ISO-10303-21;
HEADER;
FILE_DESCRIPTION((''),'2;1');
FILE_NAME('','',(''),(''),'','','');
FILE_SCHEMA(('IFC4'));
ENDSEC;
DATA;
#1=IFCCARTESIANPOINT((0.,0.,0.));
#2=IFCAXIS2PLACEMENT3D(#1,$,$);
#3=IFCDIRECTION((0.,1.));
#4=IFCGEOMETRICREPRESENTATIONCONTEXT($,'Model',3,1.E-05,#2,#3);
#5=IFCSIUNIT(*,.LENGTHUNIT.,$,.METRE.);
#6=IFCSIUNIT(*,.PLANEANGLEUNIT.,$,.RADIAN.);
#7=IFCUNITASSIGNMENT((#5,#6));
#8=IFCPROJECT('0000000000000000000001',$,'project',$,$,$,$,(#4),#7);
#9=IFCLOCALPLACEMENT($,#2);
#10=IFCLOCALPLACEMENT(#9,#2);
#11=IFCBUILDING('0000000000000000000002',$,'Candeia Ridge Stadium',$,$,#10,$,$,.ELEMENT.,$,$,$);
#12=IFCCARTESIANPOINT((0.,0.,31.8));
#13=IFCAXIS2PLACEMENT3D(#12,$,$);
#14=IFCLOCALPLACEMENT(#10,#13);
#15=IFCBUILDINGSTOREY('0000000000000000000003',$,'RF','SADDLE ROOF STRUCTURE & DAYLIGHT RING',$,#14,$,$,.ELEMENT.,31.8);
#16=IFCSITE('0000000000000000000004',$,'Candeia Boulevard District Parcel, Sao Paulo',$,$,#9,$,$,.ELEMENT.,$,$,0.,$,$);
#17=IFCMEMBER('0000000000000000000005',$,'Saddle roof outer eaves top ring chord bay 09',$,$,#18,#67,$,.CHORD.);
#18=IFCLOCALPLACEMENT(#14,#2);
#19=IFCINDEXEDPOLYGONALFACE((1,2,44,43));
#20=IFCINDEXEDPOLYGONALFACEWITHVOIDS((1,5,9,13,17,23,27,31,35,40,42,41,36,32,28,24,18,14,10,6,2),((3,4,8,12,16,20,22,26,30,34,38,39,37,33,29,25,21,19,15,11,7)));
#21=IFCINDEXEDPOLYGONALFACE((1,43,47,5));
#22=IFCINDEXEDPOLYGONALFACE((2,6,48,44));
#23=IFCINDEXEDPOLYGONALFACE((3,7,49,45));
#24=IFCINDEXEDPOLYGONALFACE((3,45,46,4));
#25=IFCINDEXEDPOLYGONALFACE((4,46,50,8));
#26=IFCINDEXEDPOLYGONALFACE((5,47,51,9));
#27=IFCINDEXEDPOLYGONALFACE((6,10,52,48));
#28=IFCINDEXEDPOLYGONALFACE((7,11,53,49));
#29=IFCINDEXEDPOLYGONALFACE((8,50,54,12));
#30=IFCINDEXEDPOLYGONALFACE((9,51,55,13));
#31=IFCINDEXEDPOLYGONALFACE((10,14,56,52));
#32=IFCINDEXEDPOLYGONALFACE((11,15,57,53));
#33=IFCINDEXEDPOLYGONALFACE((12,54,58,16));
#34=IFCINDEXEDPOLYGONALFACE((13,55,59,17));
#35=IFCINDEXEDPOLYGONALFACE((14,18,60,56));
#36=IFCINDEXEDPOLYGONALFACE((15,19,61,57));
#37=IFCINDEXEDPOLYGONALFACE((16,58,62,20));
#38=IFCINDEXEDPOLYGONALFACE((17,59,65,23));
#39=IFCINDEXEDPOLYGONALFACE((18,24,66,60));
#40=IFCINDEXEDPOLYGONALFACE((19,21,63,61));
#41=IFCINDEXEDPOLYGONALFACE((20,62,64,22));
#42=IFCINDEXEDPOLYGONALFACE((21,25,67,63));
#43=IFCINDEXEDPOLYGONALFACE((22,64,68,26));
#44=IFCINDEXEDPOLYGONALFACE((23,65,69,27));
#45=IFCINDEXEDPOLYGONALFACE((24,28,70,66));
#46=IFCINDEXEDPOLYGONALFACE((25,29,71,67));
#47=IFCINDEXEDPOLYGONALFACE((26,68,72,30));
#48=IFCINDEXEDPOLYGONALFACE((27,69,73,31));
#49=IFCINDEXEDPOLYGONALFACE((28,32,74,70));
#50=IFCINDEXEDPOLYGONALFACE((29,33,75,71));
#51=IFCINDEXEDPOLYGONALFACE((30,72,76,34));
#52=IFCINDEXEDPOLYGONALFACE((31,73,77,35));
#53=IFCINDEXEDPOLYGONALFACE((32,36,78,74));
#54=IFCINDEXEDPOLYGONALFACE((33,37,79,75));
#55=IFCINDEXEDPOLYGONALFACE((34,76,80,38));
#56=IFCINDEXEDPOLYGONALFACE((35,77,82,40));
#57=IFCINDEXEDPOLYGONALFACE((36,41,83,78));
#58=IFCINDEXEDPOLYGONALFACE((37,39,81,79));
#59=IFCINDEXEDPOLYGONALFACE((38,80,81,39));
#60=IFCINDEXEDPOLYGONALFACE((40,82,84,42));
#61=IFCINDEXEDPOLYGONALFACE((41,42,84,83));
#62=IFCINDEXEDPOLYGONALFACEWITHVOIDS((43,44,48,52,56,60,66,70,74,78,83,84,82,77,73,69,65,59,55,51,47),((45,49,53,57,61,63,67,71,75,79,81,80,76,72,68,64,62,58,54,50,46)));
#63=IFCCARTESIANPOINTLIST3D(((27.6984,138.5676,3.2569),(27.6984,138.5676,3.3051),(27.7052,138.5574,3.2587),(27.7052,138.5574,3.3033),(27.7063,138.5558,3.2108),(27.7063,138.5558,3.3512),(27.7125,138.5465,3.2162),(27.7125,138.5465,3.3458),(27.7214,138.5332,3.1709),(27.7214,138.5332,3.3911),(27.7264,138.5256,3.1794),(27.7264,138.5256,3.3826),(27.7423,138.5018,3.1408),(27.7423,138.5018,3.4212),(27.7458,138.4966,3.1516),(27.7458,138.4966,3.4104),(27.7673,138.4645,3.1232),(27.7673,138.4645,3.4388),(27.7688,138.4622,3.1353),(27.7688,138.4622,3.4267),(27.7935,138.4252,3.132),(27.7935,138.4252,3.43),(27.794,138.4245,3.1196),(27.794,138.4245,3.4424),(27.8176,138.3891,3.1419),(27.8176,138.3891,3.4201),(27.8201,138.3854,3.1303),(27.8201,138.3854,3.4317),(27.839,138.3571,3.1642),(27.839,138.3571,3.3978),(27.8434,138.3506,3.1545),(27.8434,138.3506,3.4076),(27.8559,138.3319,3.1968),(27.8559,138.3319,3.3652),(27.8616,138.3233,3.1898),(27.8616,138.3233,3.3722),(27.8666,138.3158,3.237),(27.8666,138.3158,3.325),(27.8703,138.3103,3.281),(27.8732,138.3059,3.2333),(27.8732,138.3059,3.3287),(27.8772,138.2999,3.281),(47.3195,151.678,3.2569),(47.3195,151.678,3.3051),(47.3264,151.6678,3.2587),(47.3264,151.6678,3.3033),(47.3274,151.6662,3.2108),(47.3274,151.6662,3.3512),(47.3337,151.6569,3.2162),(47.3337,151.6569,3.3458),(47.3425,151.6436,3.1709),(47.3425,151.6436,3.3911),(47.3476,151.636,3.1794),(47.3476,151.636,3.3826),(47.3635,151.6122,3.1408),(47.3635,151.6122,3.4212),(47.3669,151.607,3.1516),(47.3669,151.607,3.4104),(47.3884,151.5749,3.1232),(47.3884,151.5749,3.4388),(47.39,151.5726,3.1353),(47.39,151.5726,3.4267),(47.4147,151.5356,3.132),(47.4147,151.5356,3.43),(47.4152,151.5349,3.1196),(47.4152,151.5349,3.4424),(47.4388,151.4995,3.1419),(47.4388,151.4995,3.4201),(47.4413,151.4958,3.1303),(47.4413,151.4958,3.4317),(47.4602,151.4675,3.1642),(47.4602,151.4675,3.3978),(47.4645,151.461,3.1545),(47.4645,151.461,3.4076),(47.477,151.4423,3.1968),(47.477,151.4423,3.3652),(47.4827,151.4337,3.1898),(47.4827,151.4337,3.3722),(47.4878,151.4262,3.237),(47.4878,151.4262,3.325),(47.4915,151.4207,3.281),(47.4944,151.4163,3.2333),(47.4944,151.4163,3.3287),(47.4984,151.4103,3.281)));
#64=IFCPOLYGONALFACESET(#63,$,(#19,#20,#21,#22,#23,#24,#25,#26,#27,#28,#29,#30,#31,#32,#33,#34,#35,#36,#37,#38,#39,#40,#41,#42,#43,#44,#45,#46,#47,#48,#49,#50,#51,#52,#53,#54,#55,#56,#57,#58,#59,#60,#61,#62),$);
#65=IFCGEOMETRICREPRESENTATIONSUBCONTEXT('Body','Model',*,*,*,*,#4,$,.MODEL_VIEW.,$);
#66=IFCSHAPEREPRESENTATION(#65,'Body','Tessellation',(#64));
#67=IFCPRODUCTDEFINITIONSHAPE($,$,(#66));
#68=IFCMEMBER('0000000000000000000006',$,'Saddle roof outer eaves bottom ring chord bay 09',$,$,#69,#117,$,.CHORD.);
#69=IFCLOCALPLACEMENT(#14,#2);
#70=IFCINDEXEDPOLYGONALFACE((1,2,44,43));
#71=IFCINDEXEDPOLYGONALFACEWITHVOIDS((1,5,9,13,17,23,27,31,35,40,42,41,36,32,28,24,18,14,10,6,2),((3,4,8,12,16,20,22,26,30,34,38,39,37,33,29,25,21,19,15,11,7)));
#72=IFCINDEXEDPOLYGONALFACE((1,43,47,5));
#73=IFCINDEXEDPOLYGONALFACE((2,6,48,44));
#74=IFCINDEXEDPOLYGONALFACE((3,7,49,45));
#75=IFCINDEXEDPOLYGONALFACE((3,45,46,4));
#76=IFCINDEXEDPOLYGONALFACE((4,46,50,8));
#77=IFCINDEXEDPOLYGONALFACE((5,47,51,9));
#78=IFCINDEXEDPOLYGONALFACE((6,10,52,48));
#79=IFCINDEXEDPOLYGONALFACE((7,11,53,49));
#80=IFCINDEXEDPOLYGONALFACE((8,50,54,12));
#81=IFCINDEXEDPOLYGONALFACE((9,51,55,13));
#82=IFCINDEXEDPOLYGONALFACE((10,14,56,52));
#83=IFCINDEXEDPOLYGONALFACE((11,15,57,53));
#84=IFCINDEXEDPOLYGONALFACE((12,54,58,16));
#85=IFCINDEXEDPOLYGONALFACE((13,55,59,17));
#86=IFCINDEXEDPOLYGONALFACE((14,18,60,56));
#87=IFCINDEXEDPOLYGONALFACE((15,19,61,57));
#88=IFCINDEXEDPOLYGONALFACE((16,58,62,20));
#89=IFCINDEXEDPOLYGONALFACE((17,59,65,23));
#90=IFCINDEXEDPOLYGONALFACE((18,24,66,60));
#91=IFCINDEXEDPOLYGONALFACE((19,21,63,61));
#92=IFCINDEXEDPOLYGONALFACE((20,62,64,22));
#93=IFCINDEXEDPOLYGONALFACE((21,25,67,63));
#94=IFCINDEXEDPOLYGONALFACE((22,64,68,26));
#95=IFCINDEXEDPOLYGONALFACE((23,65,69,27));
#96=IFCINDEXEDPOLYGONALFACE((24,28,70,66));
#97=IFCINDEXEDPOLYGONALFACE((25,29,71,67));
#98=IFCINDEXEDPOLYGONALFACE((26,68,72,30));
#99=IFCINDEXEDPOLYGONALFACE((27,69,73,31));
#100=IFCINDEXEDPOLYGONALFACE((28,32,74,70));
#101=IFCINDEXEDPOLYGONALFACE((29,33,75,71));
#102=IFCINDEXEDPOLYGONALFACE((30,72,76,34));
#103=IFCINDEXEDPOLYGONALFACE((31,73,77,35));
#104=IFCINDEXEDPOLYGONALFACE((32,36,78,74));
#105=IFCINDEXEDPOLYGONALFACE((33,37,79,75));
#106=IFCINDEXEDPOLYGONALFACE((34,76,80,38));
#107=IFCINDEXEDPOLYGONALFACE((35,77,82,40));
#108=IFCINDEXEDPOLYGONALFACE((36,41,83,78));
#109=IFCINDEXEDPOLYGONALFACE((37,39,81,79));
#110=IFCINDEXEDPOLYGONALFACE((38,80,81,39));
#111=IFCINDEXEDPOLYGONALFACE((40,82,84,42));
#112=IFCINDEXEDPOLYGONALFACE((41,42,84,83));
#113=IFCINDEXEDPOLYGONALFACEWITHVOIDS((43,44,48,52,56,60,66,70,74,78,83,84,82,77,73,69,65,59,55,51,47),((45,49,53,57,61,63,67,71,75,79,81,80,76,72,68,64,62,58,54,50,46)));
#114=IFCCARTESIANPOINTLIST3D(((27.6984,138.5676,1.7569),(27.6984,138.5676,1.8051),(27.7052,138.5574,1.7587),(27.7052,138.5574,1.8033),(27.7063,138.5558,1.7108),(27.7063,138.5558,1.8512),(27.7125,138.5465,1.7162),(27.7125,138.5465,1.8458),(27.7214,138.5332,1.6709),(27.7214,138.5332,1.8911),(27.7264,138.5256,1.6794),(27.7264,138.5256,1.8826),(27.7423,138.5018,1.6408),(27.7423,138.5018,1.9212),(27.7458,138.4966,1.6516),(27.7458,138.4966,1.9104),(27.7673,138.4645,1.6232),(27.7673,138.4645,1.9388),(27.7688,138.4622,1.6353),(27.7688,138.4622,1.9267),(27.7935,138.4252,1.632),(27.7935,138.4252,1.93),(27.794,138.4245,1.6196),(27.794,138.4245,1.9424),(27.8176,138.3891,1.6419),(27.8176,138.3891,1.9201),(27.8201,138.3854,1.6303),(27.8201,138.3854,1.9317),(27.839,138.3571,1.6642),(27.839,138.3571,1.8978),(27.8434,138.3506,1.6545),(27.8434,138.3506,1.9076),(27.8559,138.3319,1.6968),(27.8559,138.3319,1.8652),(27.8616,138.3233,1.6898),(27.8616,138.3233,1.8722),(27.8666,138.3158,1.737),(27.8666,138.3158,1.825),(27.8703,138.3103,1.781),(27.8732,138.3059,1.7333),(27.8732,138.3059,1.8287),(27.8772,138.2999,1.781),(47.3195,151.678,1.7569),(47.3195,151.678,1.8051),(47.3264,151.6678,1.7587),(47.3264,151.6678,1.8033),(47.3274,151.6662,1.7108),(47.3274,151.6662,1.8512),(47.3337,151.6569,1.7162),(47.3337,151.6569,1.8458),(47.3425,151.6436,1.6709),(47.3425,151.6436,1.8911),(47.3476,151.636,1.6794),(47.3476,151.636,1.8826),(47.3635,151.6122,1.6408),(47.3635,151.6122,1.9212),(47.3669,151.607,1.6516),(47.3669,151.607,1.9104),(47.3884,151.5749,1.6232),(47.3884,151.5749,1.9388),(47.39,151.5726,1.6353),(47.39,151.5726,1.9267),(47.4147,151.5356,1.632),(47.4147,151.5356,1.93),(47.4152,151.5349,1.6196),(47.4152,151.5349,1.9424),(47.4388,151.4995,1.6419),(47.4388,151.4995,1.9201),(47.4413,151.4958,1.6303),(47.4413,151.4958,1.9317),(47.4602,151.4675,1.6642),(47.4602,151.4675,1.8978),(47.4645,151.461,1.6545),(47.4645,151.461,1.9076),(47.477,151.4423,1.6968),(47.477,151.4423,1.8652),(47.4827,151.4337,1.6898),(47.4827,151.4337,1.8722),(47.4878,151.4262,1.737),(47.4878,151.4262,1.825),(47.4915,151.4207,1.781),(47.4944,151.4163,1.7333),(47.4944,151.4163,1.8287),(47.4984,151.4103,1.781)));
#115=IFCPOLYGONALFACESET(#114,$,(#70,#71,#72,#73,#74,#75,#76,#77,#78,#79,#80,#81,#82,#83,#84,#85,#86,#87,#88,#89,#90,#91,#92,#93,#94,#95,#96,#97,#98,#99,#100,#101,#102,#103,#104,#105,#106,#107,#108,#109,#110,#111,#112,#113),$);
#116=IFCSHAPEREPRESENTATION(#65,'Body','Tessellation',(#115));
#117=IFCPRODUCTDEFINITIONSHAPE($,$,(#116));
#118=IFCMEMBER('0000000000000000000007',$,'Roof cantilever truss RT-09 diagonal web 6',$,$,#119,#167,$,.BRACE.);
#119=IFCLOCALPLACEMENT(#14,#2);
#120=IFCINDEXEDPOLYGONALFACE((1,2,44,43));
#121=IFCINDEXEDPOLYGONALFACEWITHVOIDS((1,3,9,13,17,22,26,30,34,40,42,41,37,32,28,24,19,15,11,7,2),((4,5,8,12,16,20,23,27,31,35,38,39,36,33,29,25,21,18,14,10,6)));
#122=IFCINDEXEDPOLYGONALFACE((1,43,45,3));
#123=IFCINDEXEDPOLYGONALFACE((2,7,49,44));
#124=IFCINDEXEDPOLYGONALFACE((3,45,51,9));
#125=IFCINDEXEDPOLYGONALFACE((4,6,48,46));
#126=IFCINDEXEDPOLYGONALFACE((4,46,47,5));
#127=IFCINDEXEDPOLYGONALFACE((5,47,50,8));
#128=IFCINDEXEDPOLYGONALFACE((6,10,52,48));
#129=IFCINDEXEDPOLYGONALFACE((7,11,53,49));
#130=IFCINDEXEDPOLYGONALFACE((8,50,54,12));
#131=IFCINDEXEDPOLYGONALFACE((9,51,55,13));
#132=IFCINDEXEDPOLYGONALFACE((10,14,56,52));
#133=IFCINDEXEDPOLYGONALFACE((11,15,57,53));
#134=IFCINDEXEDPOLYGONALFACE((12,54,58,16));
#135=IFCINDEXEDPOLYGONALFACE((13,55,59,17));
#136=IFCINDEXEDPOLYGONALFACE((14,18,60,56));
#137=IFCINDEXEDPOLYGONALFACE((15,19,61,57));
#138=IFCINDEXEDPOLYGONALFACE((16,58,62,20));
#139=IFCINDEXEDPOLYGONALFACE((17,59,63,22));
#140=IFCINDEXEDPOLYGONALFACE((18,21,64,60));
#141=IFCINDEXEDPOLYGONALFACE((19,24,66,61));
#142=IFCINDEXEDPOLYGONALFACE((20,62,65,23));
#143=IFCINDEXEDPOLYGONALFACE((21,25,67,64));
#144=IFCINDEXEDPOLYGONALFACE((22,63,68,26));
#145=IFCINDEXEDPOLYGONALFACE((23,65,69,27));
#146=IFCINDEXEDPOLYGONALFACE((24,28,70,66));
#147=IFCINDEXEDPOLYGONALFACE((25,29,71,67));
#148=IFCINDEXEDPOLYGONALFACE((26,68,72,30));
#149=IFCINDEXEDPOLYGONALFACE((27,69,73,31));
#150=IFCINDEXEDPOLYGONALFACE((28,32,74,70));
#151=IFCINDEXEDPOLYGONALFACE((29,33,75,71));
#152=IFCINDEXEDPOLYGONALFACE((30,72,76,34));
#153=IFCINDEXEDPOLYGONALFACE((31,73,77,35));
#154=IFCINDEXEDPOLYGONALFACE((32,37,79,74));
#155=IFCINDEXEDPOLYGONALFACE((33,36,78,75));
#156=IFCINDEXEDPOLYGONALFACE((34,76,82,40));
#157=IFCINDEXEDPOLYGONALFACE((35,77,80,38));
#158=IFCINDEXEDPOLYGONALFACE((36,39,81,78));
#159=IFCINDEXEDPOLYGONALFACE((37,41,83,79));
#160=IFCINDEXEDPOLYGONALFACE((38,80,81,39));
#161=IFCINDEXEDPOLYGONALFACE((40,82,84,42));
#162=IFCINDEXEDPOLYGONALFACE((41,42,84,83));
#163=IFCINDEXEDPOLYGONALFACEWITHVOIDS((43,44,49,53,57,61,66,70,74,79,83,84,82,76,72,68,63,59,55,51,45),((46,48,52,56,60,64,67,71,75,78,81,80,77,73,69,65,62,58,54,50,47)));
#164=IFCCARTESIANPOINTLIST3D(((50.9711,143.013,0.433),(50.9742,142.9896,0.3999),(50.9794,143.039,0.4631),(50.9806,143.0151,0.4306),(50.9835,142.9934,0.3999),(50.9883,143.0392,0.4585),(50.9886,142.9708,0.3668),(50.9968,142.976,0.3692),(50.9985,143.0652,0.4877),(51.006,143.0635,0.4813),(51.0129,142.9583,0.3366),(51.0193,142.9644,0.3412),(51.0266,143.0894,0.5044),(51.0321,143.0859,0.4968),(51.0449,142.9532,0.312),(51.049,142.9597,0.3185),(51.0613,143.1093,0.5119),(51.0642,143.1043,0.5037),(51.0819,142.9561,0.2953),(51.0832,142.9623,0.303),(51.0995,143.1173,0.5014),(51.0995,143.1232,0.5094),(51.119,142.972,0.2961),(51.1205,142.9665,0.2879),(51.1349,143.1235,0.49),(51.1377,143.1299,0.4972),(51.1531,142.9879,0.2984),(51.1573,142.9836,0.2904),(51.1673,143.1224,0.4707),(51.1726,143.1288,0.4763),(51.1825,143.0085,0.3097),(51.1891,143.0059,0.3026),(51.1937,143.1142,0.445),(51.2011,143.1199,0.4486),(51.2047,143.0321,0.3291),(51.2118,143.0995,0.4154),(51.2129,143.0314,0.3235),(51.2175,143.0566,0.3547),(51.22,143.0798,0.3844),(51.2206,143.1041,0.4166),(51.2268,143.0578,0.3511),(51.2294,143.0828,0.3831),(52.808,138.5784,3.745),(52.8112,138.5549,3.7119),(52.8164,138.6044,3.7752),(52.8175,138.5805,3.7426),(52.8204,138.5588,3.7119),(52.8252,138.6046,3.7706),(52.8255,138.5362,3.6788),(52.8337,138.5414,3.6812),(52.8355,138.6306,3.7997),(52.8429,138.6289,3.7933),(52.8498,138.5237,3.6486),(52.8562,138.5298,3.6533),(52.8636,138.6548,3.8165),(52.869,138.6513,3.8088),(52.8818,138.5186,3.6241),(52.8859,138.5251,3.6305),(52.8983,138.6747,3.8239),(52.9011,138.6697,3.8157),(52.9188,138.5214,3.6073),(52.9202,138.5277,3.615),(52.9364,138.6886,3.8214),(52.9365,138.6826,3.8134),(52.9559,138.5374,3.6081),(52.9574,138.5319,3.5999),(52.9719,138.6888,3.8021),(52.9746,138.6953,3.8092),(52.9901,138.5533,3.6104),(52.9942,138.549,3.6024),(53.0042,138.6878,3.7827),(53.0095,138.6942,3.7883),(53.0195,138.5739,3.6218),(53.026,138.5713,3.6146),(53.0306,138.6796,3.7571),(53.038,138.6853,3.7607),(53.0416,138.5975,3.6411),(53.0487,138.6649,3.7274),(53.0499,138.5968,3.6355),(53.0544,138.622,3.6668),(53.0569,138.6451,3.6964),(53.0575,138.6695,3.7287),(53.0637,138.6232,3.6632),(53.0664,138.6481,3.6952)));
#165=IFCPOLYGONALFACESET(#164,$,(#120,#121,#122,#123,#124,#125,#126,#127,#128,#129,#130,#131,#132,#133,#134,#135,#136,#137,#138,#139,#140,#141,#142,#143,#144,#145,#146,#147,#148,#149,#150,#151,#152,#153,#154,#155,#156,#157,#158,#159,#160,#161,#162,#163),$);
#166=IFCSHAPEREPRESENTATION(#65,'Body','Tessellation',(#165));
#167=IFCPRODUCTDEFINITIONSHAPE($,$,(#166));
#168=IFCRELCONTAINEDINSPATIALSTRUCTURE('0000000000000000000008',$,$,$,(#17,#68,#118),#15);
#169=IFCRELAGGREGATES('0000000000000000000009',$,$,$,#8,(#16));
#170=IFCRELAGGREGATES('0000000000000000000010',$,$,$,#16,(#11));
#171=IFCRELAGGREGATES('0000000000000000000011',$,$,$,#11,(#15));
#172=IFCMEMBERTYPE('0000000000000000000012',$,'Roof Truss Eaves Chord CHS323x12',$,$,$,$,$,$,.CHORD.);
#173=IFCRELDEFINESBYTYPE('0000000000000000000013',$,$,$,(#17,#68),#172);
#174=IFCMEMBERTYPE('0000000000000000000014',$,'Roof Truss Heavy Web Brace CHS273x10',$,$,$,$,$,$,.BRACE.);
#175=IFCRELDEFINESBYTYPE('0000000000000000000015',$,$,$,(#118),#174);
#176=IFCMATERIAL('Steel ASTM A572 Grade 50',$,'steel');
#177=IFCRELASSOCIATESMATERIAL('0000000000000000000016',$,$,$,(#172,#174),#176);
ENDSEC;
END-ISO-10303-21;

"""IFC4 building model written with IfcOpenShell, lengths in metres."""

from ifc_helpers import new_model, si_unit, direction, frame, origin, origin_2d, place, context, subcontext, project, spatial, hollow_circle, extrude, material, material_profile, profile_set, type_object, element, save


model = new_model("IFC4")

# Units and contexts
model_context = context("Model", 3, precision=1e-05, world=origin(), true_north=direction((0.0, 1.0)))
body_context = subcontext(model_context, "Body", "Model", "MODEL_VIEW")
ifc_project = project(units=[si_unit("LENGTHUNIT", "METRE"), si_unit("PLANEANGLEUNIT", "RADIAN")], contexts=[model_context])

# Site, building, storey
site_placement = place(None, origin())
site = spatial("IfcSite", under=ifc_project, at=site_placement, Name="Candeia Boulevard District Parcel, Sao Paulo", CompositionType="ELEMENT", RefElevation=0.0)
building_placement = place(site_placement, origin())
building = spatial("IfcBuilding", under=site, at=building_placement, Name="Candeia Ridge Stadium", CompositionType="ELEMENT")
storey_placement = place(building_placement, frame((0.0, 0.0, 31.8)))
storey = spatial("IfcBuildingStorey", under=building, at=storey_placement, Name="RF", Description="SADDLE ROOF STRUCTURE & DAYLIGHT RING", CompositionType="ELEMENT", Elevation=31.8)

# Shared definitions
ifc_material_1 = material(Name="Steel ASTM A572 Grade 50", Category="steel")

# Members
ifc_material_profile_1 = material_profile(ifc_material_1, hollow_circle(Radius=0.1619, WallThickness=0.0125, at=origin_2d()), Name="CHS323x12", Category="steel")
ifc_profile_set_1 = profile_set([ifc_material_profile_1], Name="Steel ASTM A572 Grade 50")
member_type_1 = type_object("IfcMemberType", Name="Roof Truss Eaves Chord CHS323x12", PredefinedType="CHORD", material=ifc_profile_set_1)
for number, where, z_axis, x_axis, name in (
    (1, (47.4084, 151.5449, 3.281), (-0.83147, -0.555569, 0.0), (0.555569, -0.83147, 0.0), "Saddle roof outer eaves top ring chord bay 09"),
    (2, (47.4084, 151.5449, 1.781), (-0.83147, -0.555569, 0.0), (0.555569, -0.83147, 0.0), "Saddle roof outer eaves bottom ring chord bay 09"),
):
    element("IfcMember", number, at=place(storey_placement, frame(where, z_axis=z_axis, x_axis=x_axis)), inside=storey, type_object=member_type_1, Name=name, PredefinedType="CHORD", context=body_context, shape_type="SweptSolid", body=[
        extrude(hollow_circle(Radius=0.1619, WallThickness=0.0125, at=origin_2d()), origin(), (0.0, 0.0, 1.0), 23.5981),
    ])
ifc_material_profile_2 = material_profile(ifc_material_1, hollow_circle(Radius=0.1365, WallThickness=0.01, at=origin_2d()), Name="CHS273x10", Category="steel")
ifc_profile_set_2 = profile_set([ifc_material_profile_2], Name="Steel ASTM A572 Grade 50")
member_type_2 = type_object("IfcMemberType", Name="Roof Truss Heavy Web Brace CHS273x10", PredefinedType="BRACE", material=ifc_profile_set_2)
member_1_placement = place(storey_placement, frame((52.9373, 138.6072, 3.7119), z_axis=(-0.314986, 0.760421, -0.567929), x_axis=(-0.923875, -0.382693, 0.0)))
element("IfcMember", 3, at=member_1_placement, inside=storey, type_object=member_type_2, Name="Roof cantilever truss RT-09 diagonal web 6", PredefinedType="BRACE", context=body_context, shape_type="SweptSolid", body=[
    extrude(hollow_circle(Radius=0.1365, WallThickness=0.01, at=origin_2d()), origin(), (0.0, 0.0, 1.0), 5.8318),
])

save(model, "model.ifc")
